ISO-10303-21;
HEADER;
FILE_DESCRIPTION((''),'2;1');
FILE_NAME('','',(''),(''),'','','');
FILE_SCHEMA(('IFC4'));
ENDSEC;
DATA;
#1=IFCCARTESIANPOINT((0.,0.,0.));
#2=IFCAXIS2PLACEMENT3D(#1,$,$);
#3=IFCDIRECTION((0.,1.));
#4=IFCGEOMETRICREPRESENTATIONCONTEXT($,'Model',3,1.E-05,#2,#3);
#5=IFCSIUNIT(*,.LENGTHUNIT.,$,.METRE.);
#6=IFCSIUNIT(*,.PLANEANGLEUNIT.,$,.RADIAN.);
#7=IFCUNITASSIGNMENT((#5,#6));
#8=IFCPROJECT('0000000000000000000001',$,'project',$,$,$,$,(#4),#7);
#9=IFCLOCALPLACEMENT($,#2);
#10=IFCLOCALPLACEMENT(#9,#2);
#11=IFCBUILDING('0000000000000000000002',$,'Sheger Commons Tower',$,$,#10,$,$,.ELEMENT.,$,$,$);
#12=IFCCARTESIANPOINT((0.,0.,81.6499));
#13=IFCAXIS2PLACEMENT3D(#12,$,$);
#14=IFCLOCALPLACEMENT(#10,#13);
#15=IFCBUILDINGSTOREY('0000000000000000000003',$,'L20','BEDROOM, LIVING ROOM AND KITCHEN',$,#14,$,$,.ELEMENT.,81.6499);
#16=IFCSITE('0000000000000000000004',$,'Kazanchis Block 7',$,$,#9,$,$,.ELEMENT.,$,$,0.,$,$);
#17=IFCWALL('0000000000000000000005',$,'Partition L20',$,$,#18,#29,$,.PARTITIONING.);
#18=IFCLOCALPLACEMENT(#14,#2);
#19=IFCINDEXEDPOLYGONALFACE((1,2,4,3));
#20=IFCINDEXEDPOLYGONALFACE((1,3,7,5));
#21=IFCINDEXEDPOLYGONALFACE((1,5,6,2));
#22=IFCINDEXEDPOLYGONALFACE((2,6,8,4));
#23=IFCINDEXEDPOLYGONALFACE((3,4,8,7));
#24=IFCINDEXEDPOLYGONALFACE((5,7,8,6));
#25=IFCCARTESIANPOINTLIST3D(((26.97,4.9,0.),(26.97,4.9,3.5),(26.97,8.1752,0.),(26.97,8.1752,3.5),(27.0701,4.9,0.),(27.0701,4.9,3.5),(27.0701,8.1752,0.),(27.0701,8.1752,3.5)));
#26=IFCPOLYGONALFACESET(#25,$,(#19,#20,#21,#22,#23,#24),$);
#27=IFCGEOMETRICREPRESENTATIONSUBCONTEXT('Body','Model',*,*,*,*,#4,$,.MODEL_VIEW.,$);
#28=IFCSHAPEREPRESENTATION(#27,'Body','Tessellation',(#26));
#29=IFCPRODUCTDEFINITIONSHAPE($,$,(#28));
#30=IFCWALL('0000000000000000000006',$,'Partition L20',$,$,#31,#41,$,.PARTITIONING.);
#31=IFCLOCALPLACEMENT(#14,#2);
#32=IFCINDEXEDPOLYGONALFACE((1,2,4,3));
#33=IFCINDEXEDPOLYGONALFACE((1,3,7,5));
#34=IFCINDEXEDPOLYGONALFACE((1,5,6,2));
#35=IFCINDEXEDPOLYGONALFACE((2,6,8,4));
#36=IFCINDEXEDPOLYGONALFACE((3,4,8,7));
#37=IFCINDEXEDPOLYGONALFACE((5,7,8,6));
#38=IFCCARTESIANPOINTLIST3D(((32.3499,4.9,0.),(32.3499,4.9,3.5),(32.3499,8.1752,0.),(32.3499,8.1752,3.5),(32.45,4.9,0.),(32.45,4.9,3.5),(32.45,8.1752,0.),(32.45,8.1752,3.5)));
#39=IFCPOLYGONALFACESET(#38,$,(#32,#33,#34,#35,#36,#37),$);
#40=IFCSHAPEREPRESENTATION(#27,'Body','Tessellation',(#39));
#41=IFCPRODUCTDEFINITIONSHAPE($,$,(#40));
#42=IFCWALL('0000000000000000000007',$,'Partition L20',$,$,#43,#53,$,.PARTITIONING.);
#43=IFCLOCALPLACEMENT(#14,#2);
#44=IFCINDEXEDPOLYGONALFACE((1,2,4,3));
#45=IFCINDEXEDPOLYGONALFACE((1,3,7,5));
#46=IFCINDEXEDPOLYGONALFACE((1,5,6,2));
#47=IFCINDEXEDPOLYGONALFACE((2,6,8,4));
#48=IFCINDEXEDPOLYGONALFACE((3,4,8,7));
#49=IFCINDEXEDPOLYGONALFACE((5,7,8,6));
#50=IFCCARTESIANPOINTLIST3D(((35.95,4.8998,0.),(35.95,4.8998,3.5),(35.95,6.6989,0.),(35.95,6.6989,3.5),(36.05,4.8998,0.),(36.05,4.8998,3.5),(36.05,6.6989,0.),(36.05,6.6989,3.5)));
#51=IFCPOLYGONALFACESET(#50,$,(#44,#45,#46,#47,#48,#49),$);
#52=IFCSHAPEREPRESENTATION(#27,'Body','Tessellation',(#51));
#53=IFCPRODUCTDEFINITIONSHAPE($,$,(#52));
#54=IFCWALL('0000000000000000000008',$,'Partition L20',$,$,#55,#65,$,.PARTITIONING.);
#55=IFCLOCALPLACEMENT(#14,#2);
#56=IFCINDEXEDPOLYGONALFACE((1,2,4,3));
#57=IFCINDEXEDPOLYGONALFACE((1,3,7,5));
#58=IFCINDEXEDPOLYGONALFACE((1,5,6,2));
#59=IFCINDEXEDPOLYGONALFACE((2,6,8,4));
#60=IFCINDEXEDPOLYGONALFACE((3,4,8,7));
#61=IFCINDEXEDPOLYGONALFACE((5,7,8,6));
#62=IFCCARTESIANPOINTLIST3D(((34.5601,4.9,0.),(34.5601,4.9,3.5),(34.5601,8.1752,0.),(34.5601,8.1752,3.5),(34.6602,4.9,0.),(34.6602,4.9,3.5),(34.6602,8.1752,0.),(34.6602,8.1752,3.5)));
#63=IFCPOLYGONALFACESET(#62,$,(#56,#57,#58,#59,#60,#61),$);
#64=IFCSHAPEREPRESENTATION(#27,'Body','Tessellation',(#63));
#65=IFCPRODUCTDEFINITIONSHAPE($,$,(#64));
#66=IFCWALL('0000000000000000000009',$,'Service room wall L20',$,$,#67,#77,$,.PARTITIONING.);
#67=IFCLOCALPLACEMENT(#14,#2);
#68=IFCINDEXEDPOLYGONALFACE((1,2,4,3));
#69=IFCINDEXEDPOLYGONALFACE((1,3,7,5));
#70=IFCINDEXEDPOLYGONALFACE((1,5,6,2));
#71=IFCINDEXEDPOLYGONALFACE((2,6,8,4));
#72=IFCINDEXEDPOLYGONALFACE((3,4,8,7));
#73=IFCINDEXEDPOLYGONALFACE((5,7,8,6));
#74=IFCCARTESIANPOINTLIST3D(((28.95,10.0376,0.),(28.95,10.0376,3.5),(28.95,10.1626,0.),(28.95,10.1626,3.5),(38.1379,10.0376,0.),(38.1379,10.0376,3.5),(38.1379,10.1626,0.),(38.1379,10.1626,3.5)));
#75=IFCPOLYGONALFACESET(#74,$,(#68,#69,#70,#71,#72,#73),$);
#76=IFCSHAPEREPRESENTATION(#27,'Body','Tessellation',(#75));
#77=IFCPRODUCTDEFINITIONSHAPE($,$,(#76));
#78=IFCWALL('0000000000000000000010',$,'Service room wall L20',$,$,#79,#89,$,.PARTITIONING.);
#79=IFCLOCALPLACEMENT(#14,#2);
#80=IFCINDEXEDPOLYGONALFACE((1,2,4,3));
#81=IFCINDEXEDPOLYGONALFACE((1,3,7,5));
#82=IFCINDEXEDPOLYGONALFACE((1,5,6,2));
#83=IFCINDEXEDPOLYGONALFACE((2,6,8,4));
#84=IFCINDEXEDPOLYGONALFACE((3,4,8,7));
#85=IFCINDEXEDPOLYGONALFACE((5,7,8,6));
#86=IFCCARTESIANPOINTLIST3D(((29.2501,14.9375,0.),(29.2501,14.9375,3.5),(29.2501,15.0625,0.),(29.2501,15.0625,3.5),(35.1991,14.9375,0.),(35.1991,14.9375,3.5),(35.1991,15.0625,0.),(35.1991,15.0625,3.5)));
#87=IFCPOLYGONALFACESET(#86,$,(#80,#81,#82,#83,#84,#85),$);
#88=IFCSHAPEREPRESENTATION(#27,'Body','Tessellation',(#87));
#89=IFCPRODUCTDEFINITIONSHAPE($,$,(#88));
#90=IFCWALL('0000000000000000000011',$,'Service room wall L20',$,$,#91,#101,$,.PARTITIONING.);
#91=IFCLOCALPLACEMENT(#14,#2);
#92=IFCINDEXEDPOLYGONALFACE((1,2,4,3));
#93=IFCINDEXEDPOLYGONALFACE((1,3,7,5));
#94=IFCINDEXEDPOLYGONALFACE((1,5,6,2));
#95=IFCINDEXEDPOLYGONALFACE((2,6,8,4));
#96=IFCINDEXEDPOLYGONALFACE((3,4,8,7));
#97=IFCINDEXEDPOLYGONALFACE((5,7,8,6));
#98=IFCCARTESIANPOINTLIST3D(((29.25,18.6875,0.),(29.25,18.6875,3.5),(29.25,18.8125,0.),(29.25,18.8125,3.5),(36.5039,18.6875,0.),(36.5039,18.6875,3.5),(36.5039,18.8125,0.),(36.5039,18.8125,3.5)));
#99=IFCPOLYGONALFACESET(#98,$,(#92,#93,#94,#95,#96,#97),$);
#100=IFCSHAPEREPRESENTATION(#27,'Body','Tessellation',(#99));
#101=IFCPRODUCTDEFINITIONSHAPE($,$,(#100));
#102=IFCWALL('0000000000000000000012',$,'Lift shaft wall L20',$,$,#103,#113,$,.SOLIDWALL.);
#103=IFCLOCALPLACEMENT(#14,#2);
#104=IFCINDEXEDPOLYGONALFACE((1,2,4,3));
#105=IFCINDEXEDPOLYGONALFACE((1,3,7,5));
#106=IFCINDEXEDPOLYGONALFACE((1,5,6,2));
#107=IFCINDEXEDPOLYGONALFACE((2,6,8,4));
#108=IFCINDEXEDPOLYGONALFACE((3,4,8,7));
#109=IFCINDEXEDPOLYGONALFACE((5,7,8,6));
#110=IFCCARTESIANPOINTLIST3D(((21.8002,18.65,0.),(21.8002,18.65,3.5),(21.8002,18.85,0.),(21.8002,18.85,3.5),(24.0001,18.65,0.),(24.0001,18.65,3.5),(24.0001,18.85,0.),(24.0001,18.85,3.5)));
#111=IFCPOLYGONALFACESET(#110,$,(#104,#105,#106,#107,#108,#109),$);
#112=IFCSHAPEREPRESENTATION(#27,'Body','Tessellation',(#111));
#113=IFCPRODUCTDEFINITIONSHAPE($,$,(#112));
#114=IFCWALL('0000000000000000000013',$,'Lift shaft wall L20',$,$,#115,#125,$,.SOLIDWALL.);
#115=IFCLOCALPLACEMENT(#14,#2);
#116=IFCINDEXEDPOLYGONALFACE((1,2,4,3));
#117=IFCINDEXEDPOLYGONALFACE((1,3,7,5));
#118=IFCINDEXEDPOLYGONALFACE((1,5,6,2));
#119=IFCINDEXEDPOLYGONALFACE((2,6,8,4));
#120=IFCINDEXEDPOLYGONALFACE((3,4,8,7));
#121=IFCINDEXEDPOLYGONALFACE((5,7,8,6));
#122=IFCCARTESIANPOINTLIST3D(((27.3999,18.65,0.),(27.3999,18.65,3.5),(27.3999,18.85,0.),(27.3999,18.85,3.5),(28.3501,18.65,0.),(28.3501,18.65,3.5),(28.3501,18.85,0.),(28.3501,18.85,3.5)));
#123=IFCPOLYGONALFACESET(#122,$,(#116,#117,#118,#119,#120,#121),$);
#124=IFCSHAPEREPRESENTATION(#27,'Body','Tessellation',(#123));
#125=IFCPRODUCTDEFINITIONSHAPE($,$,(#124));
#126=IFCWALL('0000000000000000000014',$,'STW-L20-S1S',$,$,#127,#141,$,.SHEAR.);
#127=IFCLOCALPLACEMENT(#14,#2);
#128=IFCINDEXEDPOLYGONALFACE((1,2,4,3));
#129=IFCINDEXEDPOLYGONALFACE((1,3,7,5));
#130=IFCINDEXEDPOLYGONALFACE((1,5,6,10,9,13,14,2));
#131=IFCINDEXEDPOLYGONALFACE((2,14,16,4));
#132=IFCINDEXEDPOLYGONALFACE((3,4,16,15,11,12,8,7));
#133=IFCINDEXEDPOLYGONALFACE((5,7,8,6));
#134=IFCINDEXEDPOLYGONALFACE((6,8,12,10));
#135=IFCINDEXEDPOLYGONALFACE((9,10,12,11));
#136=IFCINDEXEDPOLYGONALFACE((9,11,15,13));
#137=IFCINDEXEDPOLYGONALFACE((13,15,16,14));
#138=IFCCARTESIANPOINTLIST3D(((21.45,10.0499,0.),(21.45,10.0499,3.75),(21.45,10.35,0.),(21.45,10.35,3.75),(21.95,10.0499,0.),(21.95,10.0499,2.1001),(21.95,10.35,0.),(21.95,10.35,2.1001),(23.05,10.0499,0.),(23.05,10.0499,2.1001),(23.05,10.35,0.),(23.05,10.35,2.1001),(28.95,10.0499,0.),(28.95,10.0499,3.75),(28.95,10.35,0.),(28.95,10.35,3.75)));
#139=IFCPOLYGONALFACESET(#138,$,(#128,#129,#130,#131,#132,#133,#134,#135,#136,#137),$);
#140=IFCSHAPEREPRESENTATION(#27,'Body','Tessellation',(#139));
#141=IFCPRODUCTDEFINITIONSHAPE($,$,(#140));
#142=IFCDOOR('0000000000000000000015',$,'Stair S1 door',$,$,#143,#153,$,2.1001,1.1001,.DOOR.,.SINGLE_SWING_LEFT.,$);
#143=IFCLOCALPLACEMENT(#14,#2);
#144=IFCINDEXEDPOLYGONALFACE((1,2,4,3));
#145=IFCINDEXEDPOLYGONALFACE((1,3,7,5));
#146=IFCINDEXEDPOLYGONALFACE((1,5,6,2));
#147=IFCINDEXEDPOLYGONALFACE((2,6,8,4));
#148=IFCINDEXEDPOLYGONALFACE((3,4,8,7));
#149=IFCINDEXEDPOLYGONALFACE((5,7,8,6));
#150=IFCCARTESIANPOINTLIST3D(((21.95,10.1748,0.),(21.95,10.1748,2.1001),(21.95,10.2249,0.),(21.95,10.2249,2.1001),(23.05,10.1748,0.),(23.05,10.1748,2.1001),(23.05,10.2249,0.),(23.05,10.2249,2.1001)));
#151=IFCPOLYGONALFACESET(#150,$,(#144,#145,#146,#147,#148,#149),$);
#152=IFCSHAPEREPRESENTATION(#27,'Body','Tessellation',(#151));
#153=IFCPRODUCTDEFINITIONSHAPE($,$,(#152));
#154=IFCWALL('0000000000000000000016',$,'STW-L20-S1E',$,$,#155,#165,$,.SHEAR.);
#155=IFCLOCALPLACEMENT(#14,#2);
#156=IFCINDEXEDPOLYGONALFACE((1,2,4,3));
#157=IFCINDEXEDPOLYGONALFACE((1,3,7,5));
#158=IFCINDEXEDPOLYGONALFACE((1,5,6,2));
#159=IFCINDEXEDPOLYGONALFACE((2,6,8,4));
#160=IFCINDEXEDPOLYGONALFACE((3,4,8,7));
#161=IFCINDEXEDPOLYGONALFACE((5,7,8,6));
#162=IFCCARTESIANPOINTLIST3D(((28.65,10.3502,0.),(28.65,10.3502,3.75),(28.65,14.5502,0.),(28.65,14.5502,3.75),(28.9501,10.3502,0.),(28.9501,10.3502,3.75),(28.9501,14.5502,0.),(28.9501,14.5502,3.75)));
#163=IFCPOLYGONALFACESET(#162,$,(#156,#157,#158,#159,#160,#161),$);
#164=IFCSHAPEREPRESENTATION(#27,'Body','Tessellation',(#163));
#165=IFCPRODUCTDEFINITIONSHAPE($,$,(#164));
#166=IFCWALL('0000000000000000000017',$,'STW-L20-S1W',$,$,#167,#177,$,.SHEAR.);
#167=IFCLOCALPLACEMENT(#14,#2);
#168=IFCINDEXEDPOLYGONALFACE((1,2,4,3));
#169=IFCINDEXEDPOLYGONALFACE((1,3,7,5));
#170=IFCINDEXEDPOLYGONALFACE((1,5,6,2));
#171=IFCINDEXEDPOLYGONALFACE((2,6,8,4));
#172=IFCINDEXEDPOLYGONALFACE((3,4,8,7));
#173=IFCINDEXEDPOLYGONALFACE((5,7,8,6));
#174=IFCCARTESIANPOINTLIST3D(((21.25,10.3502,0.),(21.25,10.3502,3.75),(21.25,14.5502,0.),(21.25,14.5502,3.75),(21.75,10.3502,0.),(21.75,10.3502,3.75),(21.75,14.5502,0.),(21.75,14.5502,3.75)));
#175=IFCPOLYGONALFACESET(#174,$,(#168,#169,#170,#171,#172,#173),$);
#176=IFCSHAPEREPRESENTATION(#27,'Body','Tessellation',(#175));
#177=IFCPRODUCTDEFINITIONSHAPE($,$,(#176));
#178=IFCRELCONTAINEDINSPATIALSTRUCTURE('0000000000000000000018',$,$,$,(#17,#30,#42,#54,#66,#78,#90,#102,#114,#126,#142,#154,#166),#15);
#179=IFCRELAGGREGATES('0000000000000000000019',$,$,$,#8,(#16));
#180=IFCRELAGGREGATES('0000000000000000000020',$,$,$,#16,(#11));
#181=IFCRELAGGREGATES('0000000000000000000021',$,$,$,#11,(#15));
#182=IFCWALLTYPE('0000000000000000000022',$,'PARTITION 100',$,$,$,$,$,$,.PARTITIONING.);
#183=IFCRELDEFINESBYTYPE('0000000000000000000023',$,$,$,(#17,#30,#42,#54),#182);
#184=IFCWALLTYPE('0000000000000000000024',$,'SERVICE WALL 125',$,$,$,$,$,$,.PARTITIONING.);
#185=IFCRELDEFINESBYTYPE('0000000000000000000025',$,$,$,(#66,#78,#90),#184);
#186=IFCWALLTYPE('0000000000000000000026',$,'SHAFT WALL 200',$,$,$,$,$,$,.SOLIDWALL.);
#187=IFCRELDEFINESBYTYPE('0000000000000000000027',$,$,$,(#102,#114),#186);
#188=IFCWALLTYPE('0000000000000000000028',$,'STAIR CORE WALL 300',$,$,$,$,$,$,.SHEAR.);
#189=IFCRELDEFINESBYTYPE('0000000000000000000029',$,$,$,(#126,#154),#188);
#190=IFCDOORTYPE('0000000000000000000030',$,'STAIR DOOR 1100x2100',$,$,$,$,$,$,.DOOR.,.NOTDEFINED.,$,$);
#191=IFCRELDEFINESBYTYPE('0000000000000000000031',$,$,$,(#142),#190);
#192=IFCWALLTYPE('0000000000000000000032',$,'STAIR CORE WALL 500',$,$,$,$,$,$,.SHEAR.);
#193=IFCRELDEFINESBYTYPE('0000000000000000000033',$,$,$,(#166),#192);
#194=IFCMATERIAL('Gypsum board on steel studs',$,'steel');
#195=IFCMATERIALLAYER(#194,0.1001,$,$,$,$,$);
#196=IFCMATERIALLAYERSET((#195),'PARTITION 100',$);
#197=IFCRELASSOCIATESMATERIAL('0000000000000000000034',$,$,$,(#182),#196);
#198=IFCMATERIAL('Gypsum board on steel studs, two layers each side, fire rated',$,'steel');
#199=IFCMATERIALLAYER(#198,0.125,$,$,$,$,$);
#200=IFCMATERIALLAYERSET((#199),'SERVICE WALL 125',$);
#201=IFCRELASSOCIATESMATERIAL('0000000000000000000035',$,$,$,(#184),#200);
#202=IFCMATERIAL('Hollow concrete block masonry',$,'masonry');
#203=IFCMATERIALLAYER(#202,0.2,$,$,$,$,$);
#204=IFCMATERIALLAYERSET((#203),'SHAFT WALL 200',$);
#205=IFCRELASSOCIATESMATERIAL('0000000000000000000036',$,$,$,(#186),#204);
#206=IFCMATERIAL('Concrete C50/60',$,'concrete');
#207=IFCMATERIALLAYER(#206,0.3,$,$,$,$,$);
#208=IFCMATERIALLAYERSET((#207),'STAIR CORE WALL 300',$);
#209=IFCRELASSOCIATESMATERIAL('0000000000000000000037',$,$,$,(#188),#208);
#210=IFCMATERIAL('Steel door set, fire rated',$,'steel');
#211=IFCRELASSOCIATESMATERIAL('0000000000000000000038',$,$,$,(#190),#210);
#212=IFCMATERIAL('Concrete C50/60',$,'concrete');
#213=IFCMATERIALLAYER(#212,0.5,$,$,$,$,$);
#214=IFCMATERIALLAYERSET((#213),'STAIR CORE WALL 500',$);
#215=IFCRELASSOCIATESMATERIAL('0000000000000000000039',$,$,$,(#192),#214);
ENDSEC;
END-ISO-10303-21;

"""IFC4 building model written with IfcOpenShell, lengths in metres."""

from ifc_helpers import new_model, si_unit, direction, frame, frame_2d, origin, place, context, subcontext, project, spatial, rectangle, extrude, material, layer, layer_set, type_object, element, fill, save


model = new_model("IFC4")

# Units and contexts
model_context = context("Model", 3, precision=1e-05, world=origin(), true_north=direction((0.0, 1.0)))
body_context = subcontext(model_context, "Body", "Model", "MODEL_VIEW")
ifc_project = project(units=[si_unit("LENGTHUNIT", "METRE"), si_unit("PLANEANGLEUNIT", "RADIAN")], contexts=[model_context])

# Site, building, storey
site_placement = place(None, origin())
site = spatial("IfcSite", under=ifc_project, at=site_placement, Name="Kazanchis Block 7", CompositionType="ELEMENT", RefElevation=0.0)
building_placement = place(site_placement, origin())
building = spatial("IfcBuilding", under=site, at=building_placement, Name="Sheger Commons Tower", CompositionType="ELEMENT")
storey_placement = place(building_placement, frame((0.0, 0.0, 81.6499)))
storey = spatial("IfcBuildingStorey", under=building, at=storey_placement, Name="L20", Description="BEDROOM, LIVING ROOM AND KITCHEN", CompositionType="ELEMENT", Elevation=81.6499)

# Walls
ifc_material_1 = material(Name="Gypsum board on steel studs", Category="steel")
ifc_layer_1 = layer(ifc_material_1, 0.1001)
ifc_layer_set_1 = layer_set([ifc_layer_1], Name="PARTITION 100")
wall_type_1 = type_object("IfcWallType", Name="PARTITION 100", PredefinedType="PARTITIONING", material=ifc_layer_set_1)
for number, where, z_axis, x_axis, name in (
    (1, (27.02, 4.8999, 0.0), (0.0, 0.0, 1.0), (0.0, 1.0, 0.0), "Partition L20"),
    (2, (32.3999, 4.8999, 0.0), (0.0, 0.0, 1.0), (0.0, 1.0, 0.0), "Partition L20"),
):
    element("IfcWall", number, at=place(storey_placement, frame(where, z_axis=z_axis, x_axis=x_axis)), inside=storey, type_object=wall_type_1, Name=name, PredefinedType="PARTITIONING", context=body_context, shape_type="SweptSolid", body=[
        extrude(rectangle(XDim=3.2751, YDim=0.1001, at=frame_2d((1.6377, 0.0))), origin(), (0.0, 0.0, 1.0), 3.5),
    ])
wall_1_placement = place(storey_placement, frame((36.0, 4.8999, 0.0), z_axis=(0.0, 0.0, 1.0), x_axis=(0.0, 1.0, 0.0)))
element("IfcWall", 3, at=wall_1_placement, inside=storey, type_object=wall_type_1, Name="Partition L20", PredefinedType="PARTITIONING", context=body_context, shape_type="SweptSolid", body=[
    extrude(rectangle(XDim=1.7991, YDim=0.1001, at=frame_2d((0.8994, 0.0))), origin(), (0.0, 0.0, 1.0), 3.5),
])
wall_2_placement = place(storey_placement, frame((34.6101, 4.8999, 0.0), z_axis=(0.0, 0.0, 1.0), x_axis=(0.0, 1.0, 0.0)))
element("IfcWall", 4, at=wall_2_placement, inside=storey, type_object=wall_type_1, Name="Partition L20", PredefinedType="PARTITIONING", context=body_context, shape_type="SweptSolid", body=[
    extrude(rectangle(XDim=3.2751, YDim=0.1001, at=frame_2d((1.6377, 0.0))), origin(), (0.0, 0.0, 1.0), 3.5),
])
ifc_material_2 = material(Name="Gypsum board on steel studs, two layers each side, fire rated", Category="steel")
ifc_layer_2 = layer(ifc_material_2, 0.125)
ifc_layer_set_2 = layer_set([ifc_layer_2], Name="SERVICE WALL 125")
wall_type_2 = type_object("IfcWallType", Name="SERVICE WALL 125", PredefinedType="PARTITIONING", material=ifc_layer_set_2)
wall_3_placement = place(storey_placement, frame((28.95, 10.1001, 0.0), z_axis=(0.0, 0.0, 1.0), x_axis=(1.0, 0.0, 0.0)))
element("IfcWall", 5, at=wall_3_placement, inside=storey, type_object=wall_type_2, Name="Service room wall L20", PredefinedType="PARTITIONING", context=body_context, shape_type="SweptSolid", body=[
    extrude(rectangle(XDim=9.188, YDim=0.125, at=frame_2d((4.594, 0.0))), origin(), (0.0, 0.0, 1.0), 3.5),
])
wall_4_placement = place(storey_placement, frame((29.25, 15.0, 0.0), z_axis=(0.0, 0.0, 1.0), x_axis=(1.0, 0.0, 0.0)))
element("IfcWall", 6, at=wall_4_placement, inside=storey, type_object=wall_type_2, Name="Service room wall L20", PredefinedType="PARTITIONING", context=body_context, shape_type="SweptSolid", body=[
    extrude(rectangle(XDim=5.949, YDim=0.125, at=frame_2d((2.9746, 0.0))), origin(), (0.0, 0.0, 1.0), 3.5),
])
wall_5_placement = place(storey_placement, frame((29.25, 18.75, 0.0), z_axis=(0.0, 0.0, 1.0), x_axis=(1.0, 0.0, 0.0)))
element("IfcWall", 7, at=wall_5_placement, inside=storey, type_object=wall_type_2, Name="Service room wall L20", PredefinedType="PARTITIONING", context=body_context, shape_type="SweptSolid", body=[
    extrude(rectangle(XDim=7.2539, YDim=0.125, at=frame_2d((3.627, 0.0))), origin(), (0.0, 0.0, 1.0), 3.5),
])
ifc_material_3 = material(Name="Hollow concrete block masonry", Category="masonry")
ifc_layer_3 = layer(ifc_material_3, 0.2)
ifc_layer_set_3 = layer_set([ifc_layer_3], Name="SHAFT WALL 200")
wall_type_3 = type_object("IfcWallType", Name="SHAFT WALL 200", PredefinedType="SOLIDWALL", material=ifc_layer_set_3)
wall_6_placement = place(storey_placement, frame((21.8, 18.75, 0.0), z_axis=(0.0, 0.0, 1.0), x_axis=(1.0, 0.0, 0.0)))
element("IfcWall", 8, at=wall_6_placement, inside=storey, type_object=wall_type_3, Name="Lift shaft wall L20", PredefinedType="SOLIDWALL", context=body_context, shape_type="SweptSolid", body=[
    extrude(rectangle(XDim=2.2, YDim=0.2, at=frame_2d((1.1001, 0.0))), origin(), (0.0, 0.0, 1.0), 3.5),
])
wall_7_placement = place(storey_placement, frame((27.3999, 18.75, 0.0), z_axis=(0.0, 0.0, 1.0), x_axis=(1.0, 0.0, 0.0)))
element("IfcWall", 9, at=wall_7_placement, inside=storey, type_object=wall_type_3, Name="Lift shaft wall L20", PredefinedType="SOLIDWALL", context=body_context, shape_type="SweptSolid", body=[
    extrude(rectangle(XDim=0.9502, YDim=0.2, at=frame_2d((0.4751, 0.0))), origin(), (0.0, 0.0, 1.0), 3.5),
])

# Wall, opening, door
ifc_material_4 = material(Name="Concrete C50/60", Category="concrete")
ifc_layer_4 = layer(ifc_material_4, 0.3)
ifc_layer_set_4 = layer_set([ifc_layer_4], Name="STAIR CORE WALL 300")
wall_type_4 = type_object("IfcWallType", Name="STAIR CORE WALL 300", PredefinedType="SHEAR", material=ifc_layer_set_4)
wall_8_placement = place(storey_placement, frame((21.45, 10.2, 0.0), z_axis=(0.0, 0.0, 1.0), x_axis=(1.0, 0.0, 0.0)))
wall_8 = element("IfcWall", 10, at=wall_8_placement, inside=storey, type_object=wall_type_4, Name="STW-L20-S1S", PredefinedType="SHEAR", context=body_context, shape_type="SweptSolid", body=[
    extrude(rectangle(XDim=7.5, YDim=0.3, at=frame_2d((3.75, 0.0))), origin(), (0.0, 0.0, 1.0), 3.75),
])
opening_1_placement = place(wall_8_placement, frame((0.5, 0.0, 0.0)))
opening_1 = element("IfcOpeningElement", 11, at=opening_1_placement, cuts=wall_8, PredefinedType="OPENING", context=body_context, shape_type="SweptSolid", body=[
    extrude(rectangle(XDim=1.1001, YDim=2.1001, at=frame_2d((0.55, 1.05))), frame((0.0, 0.1599, 0.0), z_axis=(0.0, -1.0, 0.0), x_axis=(1.0, 0.0, 0.0)), (0.0, 0.0, 1.0), 0.3201),
])
ifc_material_5 = material(Name="Steel door set, fire rated", Category="steel")
door_type_1 = type_object("IfcDoorType", Name="STAIR DOOR 1100x2100", OperationType="NOTDEFINED", PredefinedType="DOOR", material=ifc_material_5)
door_1_placement = place(opening_1_placement, origin())
door_1 = element("IfcDoor", 12, at=door_1_placement, inside=storey, type_object=door_type_1, Name="Stair S1 door", OperationType="SINGLE_SWING_LEFT", OverallHeight=2.1001, OverallWidth=1.1001, PredefinedType="DOOR", context=body_context, shape_type="SweptSolid", body=[
    extrude(rectangle(XDim=1.1001, YDim=2.1001, at=frame_2d((0.55, 1.05))), frame((0.0, 0.0249, 0.0), z_axis=(0.0, -1.0, 0.0), x_axis=(1.0, 0.0, 0.0)), (0.0, 0.0, 1.0), 0.05),
])
fill(opening_1, door_1)

# Walls
wall_9_placement = place(storey_placement, frame((28.8, 10.3501, 0.0), z_axis=(0.0, 0.0, 1.0), x_axis=(0.0, 1.0, 0.0)))
element("IfcWall", 13, at=wall_9_placement, inside=storey, type_object=wall_type_4, Name="STW-L20-S1E", PredefinedType="SHEAR", context=body_context, shape_type="SweptSolid", body=[
    extrude(rectangle(XDim=4.2, YDim=0.3, at=frame_2d((2.1001, 0.0))), origin(), (0.0, 0.0, 1.0), 3.75),
])
ifc_material_6 = material(Name="Concrete C50/60", Category="concrete")
ifc_layer_5 = layer(ifc_material_6, 0.5)
ifc_layer_set_5 = layer_set([ifc_layer_5], Name="STAIR CORE WALL 500")
wall_type_5 = type_object("IfcWallType", Name="STAIR CORE WALL 500", PredefinedType="SHEAR", material=ifc_layer_set_5)
wall_10_placement = place(storey_placement, frame((21.5, 10.3501, 0.0), z_axis=(0.0, 0.0, 1.0), x_axis=(0.0, 1.0, 0.0)))
element("IfcWall", 14, at=wall_10_placement, inside=storey, type_object=wall_type_5, Name="STW-L20-S1W", PredefinedType="SHEAR", context=body_context, shape_type="SweptSolid", body=[
    extrude(rectangle(XDim=4.2, YDim=0.5, at=frame_2d((2.1001, 0.0))), origin(), (0.0, 0.0, 1.0), 3.75),
])

save(model, "model.ifc")
